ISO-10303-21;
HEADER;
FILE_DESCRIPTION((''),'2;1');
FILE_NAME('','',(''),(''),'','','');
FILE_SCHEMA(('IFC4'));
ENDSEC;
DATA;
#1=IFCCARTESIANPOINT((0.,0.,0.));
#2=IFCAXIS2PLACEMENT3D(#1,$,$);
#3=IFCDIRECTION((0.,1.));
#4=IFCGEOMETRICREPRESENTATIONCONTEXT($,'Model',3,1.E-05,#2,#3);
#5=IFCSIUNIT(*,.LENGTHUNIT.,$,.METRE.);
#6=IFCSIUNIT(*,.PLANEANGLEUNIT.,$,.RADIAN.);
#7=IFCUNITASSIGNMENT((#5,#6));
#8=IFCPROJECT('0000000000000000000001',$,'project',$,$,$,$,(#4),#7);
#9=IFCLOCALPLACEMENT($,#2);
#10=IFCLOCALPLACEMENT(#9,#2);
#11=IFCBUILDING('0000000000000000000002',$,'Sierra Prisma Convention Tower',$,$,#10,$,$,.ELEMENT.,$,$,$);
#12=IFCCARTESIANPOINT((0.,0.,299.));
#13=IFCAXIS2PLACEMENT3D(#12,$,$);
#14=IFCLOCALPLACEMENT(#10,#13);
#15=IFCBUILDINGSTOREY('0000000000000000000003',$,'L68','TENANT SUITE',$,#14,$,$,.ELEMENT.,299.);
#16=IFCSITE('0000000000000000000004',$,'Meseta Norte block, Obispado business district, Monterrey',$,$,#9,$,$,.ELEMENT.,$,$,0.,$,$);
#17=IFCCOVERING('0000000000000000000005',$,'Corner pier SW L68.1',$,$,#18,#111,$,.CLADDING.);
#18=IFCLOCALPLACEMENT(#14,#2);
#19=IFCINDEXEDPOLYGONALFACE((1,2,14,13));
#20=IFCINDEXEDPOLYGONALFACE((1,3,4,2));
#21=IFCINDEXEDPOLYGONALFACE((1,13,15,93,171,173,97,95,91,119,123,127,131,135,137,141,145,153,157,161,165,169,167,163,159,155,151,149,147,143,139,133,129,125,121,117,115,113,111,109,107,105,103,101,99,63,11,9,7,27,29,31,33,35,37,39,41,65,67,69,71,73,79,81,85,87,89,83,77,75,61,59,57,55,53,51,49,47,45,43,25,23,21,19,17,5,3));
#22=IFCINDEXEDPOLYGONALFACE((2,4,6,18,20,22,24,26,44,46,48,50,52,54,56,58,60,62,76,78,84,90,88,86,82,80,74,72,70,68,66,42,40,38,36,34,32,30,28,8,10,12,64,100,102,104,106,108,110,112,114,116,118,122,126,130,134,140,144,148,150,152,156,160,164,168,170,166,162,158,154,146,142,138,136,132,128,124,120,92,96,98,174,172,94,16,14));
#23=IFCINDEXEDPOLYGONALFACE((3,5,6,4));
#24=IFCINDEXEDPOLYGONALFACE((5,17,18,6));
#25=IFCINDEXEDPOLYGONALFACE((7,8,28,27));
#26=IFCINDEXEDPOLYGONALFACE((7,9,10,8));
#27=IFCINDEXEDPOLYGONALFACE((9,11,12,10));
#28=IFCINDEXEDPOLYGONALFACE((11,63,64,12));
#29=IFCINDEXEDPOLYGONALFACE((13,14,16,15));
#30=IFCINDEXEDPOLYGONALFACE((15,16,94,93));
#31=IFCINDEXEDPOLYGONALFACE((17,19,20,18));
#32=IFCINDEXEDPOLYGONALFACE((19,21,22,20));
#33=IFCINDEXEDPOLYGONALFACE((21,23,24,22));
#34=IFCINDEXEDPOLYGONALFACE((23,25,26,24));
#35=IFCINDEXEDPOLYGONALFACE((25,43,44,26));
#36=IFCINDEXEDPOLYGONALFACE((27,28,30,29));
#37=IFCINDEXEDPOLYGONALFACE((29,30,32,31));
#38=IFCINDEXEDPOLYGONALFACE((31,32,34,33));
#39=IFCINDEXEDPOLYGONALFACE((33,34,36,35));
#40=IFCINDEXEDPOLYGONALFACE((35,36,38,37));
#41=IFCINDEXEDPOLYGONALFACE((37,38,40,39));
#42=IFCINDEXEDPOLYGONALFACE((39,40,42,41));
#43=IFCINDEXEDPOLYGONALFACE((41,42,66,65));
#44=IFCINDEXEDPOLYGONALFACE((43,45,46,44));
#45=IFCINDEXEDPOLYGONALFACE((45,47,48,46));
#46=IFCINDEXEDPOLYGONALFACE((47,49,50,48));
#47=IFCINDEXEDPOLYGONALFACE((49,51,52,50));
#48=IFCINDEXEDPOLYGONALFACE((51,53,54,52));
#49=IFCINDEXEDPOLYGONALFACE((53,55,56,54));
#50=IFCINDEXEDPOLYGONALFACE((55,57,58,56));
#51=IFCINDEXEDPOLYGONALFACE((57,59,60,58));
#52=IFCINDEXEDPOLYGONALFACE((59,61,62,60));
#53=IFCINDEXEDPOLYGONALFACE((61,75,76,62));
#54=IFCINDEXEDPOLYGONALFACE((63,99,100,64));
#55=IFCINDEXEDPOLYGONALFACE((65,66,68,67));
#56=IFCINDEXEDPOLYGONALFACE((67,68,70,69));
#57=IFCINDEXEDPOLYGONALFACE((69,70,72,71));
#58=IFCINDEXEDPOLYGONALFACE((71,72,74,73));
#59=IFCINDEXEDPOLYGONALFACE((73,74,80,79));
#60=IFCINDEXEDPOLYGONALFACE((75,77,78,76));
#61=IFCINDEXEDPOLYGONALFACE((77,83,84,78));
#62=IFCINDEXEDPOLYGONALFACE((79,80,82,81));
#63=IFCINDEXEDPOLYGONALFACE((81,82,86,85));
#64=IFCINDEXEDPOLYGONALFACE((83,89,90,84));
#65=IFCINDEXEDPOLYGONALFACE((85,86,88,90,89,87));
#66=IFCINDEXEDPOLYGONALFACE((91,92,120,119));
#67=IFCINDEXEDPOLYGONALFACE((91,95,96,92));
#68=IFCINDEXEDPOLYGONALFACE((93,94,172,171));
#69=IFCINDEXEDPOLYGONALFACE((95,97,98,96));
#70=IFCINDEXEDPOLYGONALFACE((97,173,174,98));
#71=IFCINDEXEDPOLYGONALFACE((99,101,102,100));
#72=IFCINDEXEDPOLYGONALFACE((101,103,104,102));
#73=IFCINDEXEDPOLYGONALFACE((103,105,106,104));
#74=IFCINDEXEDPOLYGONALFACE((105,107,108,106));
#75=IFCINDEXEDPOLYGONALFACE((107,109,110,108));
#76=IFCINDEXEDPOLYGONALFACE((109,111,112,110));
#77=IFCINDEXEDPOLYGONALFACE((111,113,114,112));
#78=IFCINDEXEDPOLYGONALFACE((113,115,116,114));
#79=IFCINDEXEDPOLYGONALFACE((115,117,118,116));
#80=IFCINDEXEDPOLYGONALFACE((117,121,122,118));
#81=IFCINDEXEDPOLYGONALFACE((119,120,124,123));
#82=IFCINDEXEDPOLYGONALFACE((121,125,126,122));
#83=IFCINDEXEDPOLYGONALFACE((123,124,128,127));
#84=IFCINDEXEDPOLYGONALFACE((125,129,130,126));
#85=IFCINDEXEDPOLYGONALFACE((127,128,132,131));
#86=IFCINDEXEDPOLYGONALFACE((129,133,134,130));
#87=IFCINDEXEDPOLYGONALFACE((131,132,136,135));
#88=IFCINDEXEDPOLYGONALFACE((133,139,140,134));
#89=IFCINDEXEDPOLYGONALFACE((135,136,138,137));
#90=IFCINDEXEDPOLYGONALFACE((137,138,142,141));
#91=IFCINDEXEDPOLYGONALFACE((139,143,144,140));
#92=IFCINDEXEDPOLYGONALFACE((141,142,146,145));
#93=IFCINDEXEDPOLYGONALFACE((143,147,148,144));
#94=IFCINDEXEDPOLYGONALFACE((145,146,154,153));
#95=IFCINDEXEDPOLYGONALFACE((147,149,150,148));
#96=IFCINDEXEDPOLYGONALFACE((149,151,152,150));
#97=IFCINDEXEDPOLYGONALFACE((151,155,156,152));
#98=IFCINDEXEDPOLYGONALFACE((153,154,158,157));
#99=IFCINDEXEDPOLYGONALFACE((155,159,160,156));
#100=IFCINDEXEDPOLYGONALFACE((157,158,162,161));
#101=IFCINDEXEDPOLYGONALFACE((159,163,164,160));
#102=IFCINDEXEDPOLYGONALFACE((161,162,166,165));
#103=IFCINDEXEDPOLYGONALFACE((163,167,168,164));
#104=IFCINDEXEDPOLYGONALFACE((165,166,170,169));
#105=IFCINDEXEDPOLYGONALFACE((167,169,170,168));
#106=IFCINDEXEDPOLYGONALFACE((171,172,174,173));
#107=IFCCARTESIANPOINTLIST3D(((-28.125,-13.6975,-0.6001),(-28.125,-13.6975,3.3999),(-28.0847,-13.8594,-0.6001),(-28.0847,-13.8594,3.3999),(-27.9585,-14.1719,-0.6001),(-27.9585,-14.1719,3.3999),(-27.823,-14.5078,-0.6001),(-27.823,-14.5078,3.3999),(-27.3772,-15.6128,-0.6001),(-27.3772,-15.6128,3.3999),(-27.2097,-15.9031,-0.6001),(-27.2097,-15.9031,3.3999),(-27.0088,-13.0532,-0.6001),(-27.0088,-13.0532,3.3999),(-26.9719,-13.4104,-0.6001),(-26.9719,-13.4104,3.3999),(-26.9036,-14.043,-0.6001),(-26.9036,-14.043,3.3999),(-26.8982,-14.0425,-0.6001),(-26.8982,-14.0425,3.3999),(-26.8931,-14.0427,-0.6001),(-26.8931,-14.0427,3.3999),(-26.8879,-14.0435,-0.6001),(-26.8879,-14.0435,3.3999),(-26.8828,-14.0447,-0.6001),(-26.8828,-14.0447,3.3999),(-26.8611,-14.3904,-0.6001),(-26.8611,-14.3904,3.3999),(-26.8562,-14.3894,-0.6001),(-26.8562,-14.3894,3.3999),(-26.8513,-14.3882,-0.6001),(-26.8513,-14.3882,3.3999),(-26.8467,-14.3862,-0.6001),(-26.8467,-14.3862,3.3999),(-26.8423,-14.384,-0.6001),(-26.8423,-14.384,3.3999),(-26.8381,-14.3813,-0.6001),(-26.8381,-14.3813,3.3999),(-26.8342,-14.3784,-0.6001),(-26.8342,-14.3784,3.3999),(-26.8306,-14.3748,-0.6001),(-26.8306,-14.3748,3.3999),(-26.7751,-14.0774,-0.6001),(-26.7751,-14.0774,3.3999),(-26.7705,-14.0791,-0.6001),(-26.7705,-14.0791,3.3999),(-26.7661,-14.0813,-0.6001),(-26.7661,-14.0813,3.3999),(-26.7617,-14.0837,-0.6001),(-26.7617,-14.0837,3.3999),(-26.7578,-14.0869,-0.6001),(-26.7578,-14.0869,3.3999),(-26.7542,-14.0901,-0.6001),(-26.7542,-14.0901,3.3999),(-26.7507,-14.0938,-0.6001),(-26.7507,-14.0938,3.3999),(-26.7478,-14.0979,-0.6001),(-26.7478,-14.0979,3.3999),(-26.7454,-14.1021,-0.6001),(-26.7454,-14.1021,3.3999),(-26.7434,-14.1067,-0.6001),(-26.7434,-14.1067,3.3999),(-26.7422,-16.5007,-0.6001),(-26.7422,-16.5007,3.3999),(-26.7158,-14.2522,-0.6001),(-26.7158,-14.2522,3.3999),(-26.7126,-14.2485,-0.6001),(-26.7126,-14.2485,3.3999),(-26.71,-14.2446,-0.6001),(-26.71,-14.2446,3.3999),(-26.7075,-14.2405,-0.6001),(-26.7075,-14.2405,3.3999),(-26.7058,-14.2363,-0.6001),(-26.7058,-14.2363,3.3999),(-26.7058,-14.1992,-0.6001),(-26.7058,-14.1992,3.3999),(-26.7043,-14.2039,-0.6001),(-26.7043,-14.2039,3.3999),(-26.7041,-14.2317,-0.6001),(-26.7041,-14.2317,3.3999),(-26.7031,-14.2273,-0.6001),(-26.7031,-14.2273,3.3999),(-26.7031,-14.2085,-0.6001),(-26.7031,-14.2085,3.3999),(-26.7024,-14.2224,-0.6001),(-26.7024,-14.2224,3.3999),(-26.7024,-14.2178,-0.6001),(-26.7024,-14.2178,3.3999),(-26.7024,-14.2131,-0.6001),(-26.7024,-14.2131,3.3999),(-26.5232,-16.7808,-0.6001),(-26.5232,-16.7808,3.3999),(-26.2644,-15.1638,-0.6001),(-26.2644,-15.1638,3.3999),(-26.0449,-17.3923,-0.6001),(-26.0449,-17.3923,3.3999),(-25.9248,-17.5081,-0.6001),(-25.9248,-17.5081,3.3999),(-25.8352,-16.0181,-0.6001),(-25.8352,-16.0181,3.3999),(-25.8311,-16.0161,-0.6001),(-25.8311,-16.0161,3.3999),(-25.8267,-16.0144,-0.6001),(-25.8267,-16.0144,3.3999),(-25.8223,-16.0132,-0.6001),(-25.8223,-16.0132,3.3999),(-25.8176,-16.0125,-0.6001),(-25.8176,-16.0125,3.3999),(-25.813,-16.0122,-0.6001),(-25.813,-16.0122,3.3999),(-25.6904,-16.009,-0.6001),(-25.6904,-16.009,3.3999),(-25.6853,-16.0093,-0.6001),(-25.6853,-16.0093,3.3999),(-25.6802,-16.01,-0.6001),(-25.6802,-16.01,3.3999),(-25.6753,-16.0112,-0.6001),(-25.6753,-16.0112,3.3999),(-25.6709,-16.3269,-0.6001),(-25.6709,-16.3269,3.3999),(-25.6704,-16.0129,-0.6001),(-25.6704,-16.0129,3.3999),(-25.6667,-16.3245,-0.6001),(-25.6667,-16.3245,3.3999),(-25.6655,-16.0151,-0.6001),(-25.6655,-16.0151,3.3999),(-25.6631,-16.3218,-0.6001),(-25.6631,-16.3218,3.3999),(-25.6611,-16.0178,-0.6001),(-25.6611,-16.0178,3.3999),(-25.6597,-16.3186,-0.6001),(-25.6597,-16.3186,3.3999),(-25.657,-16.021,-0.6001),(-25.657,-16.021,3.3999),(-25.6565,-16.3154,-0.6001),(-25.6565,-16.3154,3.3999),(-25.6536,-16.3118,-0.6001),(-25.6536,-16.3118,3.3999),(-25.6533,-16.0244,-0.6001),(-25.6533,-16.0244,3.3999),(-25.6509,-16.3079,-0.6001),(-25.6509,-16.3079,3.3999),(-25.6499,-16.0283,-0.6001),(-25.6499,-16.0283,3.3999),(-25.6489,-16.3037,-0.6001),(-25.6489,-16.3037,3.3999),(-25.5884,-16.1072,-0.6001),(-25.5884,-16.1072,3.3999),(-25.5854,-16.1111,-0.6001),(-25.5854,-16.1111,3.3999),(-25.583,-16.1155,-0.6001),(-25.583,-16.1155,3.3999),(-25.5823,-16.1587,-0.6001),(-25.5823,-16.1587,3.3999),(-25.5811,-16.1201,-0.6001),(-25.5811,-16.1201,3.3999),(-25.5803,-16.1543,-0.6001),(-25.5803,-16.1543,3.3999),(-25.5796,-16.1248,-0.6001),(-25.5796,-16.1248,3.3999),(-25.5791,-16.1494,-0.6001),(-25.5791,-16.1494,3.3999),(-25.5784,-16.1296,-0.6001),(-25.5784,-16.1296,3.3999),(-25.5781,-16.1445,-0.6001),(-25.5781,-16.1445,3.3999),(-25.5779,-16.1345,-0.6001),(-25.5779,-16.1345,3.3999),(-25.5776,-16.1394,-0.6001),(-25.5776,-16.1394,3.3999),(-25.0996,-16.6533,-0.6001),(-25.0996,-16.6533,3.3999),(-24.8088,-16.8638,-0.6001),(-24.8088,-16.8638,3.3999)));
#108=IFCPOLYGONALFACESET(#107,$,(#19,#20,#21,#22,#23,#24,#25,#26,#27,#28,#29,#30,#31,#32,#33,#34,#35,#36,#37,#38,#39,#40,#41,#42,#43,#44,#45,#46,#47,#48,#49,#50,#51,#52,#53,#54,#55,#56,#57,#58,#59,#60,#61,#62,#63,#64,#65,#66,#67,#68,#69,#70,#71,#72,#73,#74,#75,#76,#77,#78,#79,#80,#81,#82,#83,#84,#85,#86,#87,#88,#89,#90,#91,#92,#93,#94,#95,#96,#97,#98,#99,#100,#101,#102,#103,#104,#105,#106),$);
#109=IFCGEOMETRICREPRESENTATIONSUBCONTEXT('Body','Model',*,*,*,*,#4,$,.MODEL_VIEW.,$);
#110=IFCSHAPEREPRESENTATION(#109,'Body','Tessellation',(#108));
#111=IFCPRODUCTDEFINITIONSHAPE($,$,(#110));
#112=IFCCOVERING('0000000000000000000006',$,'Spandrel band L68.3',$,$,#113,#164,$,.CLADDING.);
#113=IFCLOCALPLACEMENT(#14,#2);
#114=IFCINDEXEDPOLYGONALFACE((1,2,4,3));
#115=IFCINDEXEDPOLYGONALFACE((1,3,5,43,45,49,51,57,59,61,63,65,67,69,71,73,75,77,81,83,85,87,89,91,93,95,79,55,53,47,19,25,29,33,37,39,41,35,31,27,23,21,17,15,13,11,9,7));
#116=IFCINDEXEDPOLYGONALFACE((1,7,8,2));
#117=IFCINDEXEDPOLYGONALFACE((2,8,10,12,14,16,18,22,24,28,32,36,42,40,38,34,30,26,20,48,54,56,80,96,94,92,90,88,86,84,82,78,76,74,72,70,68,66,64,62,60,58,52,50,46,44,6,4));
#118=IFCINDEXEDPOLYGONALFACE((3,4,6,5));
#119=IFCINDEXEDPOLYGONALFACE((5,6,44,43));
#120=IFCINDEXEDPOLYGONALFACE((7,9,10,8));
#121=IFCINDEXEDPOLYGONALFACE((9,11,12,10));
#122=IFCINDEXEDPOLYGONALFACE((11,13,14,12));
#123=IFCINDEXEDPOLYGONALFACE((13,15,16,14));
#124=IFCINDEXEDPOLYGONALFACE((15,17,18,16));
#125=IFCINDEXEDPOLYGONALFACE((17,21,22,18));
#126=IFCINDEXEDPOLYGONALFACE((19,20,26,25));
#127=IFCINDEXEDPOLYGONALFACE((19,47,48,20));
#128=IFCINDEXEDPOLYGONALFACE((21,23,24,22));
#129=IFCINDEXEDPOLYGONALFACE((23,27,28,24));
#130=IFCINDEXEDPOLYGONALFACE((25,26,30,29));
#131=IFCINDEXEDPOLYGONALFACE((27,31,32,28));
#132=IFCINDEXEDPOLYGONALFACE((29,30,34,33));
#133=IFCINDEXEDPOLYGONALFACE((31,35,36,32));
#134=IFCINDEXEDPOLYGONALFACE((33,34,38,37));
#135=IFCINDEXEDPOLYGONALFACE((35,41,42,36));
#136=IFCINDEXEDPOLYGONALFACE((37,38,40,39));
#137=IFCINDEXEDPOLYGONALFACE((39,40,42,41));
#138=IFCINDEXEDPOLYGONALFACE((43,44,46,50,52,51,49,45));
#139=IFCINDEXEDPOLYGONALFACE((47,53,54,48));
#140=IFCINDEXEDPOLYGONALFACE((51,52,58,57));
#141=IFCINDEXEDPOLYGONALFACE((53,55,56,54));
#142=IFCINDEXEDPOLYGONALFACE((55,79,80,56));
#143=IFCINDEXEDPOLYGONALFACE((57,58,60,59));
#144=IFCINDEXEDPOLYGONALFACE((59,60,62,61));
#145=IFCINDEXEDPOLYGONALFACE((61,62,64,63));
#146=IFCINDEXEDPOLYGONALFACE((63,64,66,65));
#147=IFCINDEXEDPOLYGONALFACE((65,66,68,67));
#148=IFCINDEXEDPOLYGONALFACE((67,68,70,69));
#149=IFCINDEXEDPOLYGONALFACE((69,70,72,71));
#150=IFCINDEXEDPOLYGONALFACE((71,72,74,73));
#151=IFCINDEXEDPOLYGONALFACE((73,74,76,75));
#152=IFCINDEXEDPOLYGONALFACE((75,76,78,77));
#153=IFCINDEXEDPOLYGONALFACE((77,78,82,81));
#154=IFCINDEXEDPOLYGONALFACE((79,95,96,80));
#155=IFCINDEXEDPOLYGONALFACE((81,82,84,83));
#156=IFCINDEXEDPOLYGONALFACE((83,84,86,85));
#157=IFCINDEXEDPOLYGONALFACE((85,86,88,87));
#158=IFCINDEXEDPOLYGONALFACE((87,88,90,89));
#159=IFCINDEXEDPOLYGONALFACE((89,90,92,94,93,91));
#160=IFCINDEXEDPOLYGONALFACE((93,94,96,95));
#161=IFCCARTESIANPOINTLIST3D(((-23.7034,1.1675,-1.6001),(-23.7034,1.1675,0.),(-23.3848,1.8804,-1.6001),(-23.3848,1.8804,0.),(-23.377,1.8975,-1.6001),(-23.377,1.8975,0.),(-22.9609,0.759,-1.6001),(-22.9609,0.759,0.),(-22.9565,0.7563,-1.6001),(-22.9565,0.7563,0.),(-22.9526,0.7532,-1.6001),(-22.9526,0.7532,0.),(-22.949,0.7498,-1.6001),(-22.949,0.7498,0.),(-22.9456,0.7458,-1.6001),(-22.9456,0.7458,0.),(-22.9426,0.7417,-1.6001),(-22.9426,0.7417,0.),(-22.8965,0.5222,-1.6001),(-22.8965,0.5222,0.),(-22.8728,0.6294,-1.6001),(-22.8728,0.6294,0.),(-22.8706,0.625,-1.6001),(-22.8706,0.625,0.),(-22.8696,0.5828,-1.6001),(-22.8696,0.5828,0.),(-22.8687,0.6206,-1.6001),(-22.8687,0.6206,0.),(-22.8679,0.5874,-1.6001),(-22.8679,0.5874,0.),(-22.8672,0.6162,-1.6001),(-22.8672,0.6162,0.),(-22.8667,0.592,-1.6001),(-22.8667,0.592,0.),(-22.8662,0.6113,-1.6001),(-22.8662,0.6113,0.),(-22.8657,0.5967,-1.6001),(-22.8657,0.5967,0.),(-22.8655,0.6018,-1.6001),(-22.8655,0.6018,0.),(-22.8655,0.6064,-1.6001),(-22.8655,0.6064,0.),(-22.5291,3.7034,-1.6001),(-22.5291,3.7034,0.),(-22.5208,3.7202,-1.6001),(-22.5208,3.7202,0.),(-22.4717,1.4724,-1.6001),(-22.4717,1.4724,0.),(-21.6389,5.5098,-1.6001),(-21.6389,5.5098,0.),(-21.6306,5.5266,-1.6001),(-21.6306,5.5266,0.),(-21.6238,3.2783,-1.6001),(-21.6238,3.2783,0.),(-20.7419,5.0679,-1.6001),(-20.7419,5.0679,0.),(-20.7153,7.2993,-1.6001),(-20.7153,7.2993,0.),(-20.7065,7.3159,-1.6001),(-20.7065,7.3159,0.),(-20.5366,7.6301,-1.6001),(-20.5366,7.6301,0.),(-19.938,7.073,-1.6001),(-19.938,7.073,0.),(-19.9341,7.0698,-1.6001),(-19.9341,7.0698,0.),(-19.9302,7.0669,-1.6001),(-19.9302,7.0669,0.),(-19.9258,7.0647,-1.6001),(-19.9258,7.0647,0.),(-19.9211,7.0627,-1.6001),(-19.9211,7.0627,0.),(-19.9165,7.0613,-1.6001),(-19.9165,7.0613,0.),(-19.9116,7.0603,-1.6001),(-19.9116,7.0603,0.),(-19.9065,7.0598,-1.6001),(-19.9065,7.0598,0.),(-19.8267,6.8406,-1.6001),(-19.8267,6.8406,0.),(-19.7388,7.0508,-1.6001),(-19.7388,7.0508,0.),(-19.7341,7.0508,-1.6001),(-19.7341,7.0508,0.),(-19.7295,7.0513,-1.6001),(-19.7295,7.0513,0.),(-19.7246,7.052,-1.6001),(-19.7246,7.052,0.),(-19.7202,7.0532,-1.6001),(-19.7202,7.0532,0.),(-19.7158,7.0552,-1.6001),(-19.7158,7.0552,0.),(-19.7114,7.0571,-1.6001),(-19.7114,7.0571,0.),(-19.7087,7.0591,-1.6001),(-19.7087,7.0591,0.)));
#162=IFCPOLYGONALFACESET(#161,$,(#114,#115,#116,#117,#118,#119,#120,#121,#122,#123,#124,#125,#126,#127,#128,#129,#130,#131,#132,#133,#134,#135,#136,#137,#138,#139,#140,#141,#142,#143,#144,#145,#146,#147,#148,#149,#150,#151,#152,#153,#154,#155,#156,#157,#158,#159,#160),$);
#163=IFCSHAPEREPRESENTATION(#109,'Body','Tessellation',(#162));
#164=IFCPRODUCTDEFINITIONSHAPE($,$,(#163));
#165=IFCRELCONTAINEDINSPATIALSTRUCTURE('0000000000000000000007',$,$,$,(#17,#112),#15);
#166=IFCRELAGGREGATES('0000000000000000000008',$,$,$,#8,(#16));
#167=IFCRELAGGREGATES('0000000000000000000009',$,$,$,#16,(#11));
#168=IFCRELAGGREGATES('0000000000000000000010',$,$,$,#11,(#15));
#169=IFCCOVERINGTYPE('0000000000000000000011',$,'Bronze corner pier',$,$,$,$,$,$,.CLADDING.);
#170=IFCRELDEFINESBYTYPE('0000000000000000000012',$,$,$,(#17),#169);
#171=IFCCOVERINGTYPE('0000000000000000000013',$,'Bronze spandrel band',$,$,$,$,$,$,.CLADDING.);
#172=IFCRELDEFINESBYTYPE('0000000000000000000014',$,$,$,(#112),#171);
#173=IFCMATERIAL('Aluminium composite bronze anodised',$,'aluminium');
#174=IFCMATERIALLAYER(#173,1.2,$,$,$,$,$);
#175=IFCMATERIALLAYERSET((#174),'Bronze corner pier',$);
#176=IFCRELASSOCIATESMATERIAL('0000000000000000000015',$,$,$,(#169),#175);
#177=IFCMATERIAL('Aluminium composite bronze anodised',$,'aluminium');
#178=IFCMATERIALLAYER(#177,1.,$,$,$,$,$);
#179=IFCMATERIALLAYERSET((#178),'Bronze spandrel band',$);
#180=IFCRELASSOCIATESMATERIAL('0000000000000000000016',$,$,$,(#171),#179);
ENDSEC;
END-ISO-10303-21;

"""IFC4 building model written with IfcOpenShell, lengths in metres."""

from ifc_helpers import new_model, si_unit, direction, frame, origin, place, context, subcontext, project, spatial, polyline, outline, extrude, material, layer, layer_set, type_object, element, save


model = new_model("IFC4")

# Units and contexts
model_context = context("Model", 3, precision=1e-05, world=origin(), true_north=direction((0.0, 1.0)))
body_context = subcontext(model_context, "Body", "Model", "MODEL_VIEW")
ifc_project = project(units=[si_unit("LENGTHUNIT", "METRE"), si_unit("PLANEANGLEUNIT", "RADIAN")], contexts=[model_context])

# Site, building, storey
site_placement = place(None, origin())
site = spatial("IfcSite", under=ifc_project, at=site_placement, Name="Meseta Norte block, Obispado business district, Monterrey", CompositionType="ELEMENT", RefElevation=0.0)
building_placement = place(site_placement, origin())
building = spatial("IfcBuilding", under=site, at=building_placement, Name="Sierra Prisma Convention Tower", CompositionType="ELEMENT")
storey_placement = place(building_placement, frame((0.0, 0.0, 299.0)))
storey = spatial("IfcBuildingStorey", under=building, at=storey_placement, Name="L68", Description="TENANT SUITE", CompositionType="ELEMENT", Elevation=299.0)

# Coverings
ifc_material_1 = material(Name="Aluminium composite bronze anodised", Category="aluminium")
ifc_layer_1 = layer(ifc_material_1, 1.2)
ifc_layer_set_1 = layer_set([ifc_layer_1], Name="Bronze corner pier")
covering_type_1 = type_object("IfcCoveringType", Name="Bronze corner pier", PredefinedType="CLADDING", material=ifc_layer_set_1)
covering_1_placement = place(storey_placement, frame((0.0, 0.0, -0.6001)))
element("IfcCovering", 1, at=covering_1_placement, inside=storey, type_object=covering_type_1, Name="Corner pier SW L68.1", PredefinedType="CLADDING", context=body_context, shape_type="SweptSolid", body=[
    extrude(outline(polyline([(-26.9719, -13.4104), (-26.2644, -15.1638), (-25.0996, -16.6533), (-24.8088, -16.8638), (-25.9248, -17.5081), (-26.0449, -17.3923), (-26.5232, -16.7808), (-25.6709, -16.3269), (-25.6667, -16.3245), (-25.6631, -16.3218), (-25.6597, -16.3186), (-25.6565, -16.3154), (-25.6536, -16.3118), (-25.6509, -16.3079), (-25.6489, -16.3037), (-25.5823, -16.1587), (-25.5803, -16.1543), (-25.5791, -16.1494), (-25.5781, -16.1445), (-25.5776, -16.1394), (-25.5779, -16.1345), (-25.5784, -16.1296), (-25.5796, -16.1248), (-25.5811, -16.1201), (-25.583, -16.1155), (-25.5854, -16.1111), (-25.5884, -16.1072), (-25.6499, -16.0283), (-25.6533, -16.0244), (-25.657, -16.021), (-25.6611, -16.0178), (-25.6655, -16.0151), (-25.6704, -16.0129), (-25.6753, -16.0112), (-25.6802, -16.01), (-25.6853, -16.0093), (-25.6904, -16.009), (-25.813, -16.0122), (-25.8176, -16.0125), (-25.8223, -16.0132), (-25.8267, -16.0144), (-25.8311, -16.0161), (-25.8352, -16.0181), (-26.7422, -16.5007), (-27.2097, -15.9031), (-27.3772, -15.6128), (-27.823, -14.5078), (-26.8611, -14.3904), (-26.8562, -14.3894), (-26.8513, -14.3882), (-26.8467, -14.3862), (-26.8423, -14.384), (-26.8381, -14.3813), (-26.8342, -14.3784), (-26.8306, -14.3748), (-26.7158, -14.2522), (-26.7126, -14.2485), (-26.71, -14.2446), (-26.7075, -14.2405), (-26.7058, -14.2363), (-26.7041, -14.2317), (-26.7031, -14.2273), (-26.7024, -14.2224), (-26.7024, -14.2178), (-26.7024, -14.2131), (-26.7031, -14.2085), (-26.7043, -14.2039), (-26.7058, -14.1992), (-26.7434, -14.1067), (-26.7454, -14.1021), (-26.7478, -14.0979), (-26.7507, -14.0938), (-26.7542, -14.0901), (-26.7578, -14.0869), (-26.7617, -14.0837), (-26.7661, -14.0813), (-26.7705, -14.0791), (-26.7751, -14.0774), (-26.8828, -14.0447), (-26.8879, -14.0435), (-26.8931, -14.0427), (-26.8982, -14.0425), (-26.9036, -14.043), (-27.9585, -14.1719), (-28.0847, -13.8594), (-28.125, -13.6975), (-27.0088, -13.0532), (-26.9719, -13.4104)])), origin(), (0.0, 0.0, 1.0), 4.0),
])
ifc_material_2 = material(Name="Aluminium composite bronze anodised", Category="aluminium")
ifc_layer_2 = layer(ifc_material_2, 1.0)
ifc_layer_set_2 = layer_set([ifc_layer_2], Name="Bronze spandrel band")
covering_type_2 = type_object("IfcCoveringType", Name="Bronze spandrel band", PredefinedType="CLADDING", material=ifc_layer_set_2)
covering_2_placement = place(storey_placement, frame((0.0, 0.0, -1.6001)))
element("IfcCovering", 2, at=covering_2_placement, inside=storey, type_object=covering_type_2, Name="Spandrel band L68.3", PredefinedType="CLADDING", context=body_context, shape_type="SweptSolid", body=[
    extrude(outline(polyline([(-20.7065, 7.3159), (-20.5366, 7.6301), (-19.938, 7.073), (-19.9341, 7.0698), (-19.9302, 7.0669), (-19.9258, 7.0647), (-19.9211, 7.0627), (-19.9165, 7.0613), (-19.9116, 7.0603), (-19.9065, 7.0598), (-19.7388, 7.0508), (-19.7341, 7.0508), (-19.7295, 7.0513), (-19.7246, 7.052), (-19.7202, 7.0532), (-19.7158, 7.0552), (-19.7114, 7.0571), (-19.7087, 7.0591), (-19.8267, 6.8406), (-20.7419, 5.0679), (-21.6238, 3.2783), (-22.4717, 1.4724), (-22.8965, 0.5222), (-22.8696, 0.5828), (-22.8679, 0.5874), (-22.8667, 0.592), (-22.8657, 0.5967), (-22.8655, 0.6018), (-22.8655, 0.6064), (-22.8662, 0.6113), (-22.8672, 0.6162), (-22.8687, 0.6206), (-22.8706, 0.625), (-22.8728, 0.6294), (-22.9426, 0.7417), (-22.9456, 0.7458), (-22.949, 0.7498), (-22.9526, 0.7532), (-22.9565, 0.7563), (-22.9609, 0.759), (-23.7034, 1.1675), (-23.3848, 1.8804), (-23.377, 1.8975), (-22.5291, 3.7034), (-22.5208, 3.7202), (-21.6389, 5.5098), (-21.6306, 5.5266), (-20.7153, 7.2993), (-20.7065, 7.3159)])), origin(), (0.0, 0.0, 1.0), 1.6001),
])

save(model, "model.ifc")
